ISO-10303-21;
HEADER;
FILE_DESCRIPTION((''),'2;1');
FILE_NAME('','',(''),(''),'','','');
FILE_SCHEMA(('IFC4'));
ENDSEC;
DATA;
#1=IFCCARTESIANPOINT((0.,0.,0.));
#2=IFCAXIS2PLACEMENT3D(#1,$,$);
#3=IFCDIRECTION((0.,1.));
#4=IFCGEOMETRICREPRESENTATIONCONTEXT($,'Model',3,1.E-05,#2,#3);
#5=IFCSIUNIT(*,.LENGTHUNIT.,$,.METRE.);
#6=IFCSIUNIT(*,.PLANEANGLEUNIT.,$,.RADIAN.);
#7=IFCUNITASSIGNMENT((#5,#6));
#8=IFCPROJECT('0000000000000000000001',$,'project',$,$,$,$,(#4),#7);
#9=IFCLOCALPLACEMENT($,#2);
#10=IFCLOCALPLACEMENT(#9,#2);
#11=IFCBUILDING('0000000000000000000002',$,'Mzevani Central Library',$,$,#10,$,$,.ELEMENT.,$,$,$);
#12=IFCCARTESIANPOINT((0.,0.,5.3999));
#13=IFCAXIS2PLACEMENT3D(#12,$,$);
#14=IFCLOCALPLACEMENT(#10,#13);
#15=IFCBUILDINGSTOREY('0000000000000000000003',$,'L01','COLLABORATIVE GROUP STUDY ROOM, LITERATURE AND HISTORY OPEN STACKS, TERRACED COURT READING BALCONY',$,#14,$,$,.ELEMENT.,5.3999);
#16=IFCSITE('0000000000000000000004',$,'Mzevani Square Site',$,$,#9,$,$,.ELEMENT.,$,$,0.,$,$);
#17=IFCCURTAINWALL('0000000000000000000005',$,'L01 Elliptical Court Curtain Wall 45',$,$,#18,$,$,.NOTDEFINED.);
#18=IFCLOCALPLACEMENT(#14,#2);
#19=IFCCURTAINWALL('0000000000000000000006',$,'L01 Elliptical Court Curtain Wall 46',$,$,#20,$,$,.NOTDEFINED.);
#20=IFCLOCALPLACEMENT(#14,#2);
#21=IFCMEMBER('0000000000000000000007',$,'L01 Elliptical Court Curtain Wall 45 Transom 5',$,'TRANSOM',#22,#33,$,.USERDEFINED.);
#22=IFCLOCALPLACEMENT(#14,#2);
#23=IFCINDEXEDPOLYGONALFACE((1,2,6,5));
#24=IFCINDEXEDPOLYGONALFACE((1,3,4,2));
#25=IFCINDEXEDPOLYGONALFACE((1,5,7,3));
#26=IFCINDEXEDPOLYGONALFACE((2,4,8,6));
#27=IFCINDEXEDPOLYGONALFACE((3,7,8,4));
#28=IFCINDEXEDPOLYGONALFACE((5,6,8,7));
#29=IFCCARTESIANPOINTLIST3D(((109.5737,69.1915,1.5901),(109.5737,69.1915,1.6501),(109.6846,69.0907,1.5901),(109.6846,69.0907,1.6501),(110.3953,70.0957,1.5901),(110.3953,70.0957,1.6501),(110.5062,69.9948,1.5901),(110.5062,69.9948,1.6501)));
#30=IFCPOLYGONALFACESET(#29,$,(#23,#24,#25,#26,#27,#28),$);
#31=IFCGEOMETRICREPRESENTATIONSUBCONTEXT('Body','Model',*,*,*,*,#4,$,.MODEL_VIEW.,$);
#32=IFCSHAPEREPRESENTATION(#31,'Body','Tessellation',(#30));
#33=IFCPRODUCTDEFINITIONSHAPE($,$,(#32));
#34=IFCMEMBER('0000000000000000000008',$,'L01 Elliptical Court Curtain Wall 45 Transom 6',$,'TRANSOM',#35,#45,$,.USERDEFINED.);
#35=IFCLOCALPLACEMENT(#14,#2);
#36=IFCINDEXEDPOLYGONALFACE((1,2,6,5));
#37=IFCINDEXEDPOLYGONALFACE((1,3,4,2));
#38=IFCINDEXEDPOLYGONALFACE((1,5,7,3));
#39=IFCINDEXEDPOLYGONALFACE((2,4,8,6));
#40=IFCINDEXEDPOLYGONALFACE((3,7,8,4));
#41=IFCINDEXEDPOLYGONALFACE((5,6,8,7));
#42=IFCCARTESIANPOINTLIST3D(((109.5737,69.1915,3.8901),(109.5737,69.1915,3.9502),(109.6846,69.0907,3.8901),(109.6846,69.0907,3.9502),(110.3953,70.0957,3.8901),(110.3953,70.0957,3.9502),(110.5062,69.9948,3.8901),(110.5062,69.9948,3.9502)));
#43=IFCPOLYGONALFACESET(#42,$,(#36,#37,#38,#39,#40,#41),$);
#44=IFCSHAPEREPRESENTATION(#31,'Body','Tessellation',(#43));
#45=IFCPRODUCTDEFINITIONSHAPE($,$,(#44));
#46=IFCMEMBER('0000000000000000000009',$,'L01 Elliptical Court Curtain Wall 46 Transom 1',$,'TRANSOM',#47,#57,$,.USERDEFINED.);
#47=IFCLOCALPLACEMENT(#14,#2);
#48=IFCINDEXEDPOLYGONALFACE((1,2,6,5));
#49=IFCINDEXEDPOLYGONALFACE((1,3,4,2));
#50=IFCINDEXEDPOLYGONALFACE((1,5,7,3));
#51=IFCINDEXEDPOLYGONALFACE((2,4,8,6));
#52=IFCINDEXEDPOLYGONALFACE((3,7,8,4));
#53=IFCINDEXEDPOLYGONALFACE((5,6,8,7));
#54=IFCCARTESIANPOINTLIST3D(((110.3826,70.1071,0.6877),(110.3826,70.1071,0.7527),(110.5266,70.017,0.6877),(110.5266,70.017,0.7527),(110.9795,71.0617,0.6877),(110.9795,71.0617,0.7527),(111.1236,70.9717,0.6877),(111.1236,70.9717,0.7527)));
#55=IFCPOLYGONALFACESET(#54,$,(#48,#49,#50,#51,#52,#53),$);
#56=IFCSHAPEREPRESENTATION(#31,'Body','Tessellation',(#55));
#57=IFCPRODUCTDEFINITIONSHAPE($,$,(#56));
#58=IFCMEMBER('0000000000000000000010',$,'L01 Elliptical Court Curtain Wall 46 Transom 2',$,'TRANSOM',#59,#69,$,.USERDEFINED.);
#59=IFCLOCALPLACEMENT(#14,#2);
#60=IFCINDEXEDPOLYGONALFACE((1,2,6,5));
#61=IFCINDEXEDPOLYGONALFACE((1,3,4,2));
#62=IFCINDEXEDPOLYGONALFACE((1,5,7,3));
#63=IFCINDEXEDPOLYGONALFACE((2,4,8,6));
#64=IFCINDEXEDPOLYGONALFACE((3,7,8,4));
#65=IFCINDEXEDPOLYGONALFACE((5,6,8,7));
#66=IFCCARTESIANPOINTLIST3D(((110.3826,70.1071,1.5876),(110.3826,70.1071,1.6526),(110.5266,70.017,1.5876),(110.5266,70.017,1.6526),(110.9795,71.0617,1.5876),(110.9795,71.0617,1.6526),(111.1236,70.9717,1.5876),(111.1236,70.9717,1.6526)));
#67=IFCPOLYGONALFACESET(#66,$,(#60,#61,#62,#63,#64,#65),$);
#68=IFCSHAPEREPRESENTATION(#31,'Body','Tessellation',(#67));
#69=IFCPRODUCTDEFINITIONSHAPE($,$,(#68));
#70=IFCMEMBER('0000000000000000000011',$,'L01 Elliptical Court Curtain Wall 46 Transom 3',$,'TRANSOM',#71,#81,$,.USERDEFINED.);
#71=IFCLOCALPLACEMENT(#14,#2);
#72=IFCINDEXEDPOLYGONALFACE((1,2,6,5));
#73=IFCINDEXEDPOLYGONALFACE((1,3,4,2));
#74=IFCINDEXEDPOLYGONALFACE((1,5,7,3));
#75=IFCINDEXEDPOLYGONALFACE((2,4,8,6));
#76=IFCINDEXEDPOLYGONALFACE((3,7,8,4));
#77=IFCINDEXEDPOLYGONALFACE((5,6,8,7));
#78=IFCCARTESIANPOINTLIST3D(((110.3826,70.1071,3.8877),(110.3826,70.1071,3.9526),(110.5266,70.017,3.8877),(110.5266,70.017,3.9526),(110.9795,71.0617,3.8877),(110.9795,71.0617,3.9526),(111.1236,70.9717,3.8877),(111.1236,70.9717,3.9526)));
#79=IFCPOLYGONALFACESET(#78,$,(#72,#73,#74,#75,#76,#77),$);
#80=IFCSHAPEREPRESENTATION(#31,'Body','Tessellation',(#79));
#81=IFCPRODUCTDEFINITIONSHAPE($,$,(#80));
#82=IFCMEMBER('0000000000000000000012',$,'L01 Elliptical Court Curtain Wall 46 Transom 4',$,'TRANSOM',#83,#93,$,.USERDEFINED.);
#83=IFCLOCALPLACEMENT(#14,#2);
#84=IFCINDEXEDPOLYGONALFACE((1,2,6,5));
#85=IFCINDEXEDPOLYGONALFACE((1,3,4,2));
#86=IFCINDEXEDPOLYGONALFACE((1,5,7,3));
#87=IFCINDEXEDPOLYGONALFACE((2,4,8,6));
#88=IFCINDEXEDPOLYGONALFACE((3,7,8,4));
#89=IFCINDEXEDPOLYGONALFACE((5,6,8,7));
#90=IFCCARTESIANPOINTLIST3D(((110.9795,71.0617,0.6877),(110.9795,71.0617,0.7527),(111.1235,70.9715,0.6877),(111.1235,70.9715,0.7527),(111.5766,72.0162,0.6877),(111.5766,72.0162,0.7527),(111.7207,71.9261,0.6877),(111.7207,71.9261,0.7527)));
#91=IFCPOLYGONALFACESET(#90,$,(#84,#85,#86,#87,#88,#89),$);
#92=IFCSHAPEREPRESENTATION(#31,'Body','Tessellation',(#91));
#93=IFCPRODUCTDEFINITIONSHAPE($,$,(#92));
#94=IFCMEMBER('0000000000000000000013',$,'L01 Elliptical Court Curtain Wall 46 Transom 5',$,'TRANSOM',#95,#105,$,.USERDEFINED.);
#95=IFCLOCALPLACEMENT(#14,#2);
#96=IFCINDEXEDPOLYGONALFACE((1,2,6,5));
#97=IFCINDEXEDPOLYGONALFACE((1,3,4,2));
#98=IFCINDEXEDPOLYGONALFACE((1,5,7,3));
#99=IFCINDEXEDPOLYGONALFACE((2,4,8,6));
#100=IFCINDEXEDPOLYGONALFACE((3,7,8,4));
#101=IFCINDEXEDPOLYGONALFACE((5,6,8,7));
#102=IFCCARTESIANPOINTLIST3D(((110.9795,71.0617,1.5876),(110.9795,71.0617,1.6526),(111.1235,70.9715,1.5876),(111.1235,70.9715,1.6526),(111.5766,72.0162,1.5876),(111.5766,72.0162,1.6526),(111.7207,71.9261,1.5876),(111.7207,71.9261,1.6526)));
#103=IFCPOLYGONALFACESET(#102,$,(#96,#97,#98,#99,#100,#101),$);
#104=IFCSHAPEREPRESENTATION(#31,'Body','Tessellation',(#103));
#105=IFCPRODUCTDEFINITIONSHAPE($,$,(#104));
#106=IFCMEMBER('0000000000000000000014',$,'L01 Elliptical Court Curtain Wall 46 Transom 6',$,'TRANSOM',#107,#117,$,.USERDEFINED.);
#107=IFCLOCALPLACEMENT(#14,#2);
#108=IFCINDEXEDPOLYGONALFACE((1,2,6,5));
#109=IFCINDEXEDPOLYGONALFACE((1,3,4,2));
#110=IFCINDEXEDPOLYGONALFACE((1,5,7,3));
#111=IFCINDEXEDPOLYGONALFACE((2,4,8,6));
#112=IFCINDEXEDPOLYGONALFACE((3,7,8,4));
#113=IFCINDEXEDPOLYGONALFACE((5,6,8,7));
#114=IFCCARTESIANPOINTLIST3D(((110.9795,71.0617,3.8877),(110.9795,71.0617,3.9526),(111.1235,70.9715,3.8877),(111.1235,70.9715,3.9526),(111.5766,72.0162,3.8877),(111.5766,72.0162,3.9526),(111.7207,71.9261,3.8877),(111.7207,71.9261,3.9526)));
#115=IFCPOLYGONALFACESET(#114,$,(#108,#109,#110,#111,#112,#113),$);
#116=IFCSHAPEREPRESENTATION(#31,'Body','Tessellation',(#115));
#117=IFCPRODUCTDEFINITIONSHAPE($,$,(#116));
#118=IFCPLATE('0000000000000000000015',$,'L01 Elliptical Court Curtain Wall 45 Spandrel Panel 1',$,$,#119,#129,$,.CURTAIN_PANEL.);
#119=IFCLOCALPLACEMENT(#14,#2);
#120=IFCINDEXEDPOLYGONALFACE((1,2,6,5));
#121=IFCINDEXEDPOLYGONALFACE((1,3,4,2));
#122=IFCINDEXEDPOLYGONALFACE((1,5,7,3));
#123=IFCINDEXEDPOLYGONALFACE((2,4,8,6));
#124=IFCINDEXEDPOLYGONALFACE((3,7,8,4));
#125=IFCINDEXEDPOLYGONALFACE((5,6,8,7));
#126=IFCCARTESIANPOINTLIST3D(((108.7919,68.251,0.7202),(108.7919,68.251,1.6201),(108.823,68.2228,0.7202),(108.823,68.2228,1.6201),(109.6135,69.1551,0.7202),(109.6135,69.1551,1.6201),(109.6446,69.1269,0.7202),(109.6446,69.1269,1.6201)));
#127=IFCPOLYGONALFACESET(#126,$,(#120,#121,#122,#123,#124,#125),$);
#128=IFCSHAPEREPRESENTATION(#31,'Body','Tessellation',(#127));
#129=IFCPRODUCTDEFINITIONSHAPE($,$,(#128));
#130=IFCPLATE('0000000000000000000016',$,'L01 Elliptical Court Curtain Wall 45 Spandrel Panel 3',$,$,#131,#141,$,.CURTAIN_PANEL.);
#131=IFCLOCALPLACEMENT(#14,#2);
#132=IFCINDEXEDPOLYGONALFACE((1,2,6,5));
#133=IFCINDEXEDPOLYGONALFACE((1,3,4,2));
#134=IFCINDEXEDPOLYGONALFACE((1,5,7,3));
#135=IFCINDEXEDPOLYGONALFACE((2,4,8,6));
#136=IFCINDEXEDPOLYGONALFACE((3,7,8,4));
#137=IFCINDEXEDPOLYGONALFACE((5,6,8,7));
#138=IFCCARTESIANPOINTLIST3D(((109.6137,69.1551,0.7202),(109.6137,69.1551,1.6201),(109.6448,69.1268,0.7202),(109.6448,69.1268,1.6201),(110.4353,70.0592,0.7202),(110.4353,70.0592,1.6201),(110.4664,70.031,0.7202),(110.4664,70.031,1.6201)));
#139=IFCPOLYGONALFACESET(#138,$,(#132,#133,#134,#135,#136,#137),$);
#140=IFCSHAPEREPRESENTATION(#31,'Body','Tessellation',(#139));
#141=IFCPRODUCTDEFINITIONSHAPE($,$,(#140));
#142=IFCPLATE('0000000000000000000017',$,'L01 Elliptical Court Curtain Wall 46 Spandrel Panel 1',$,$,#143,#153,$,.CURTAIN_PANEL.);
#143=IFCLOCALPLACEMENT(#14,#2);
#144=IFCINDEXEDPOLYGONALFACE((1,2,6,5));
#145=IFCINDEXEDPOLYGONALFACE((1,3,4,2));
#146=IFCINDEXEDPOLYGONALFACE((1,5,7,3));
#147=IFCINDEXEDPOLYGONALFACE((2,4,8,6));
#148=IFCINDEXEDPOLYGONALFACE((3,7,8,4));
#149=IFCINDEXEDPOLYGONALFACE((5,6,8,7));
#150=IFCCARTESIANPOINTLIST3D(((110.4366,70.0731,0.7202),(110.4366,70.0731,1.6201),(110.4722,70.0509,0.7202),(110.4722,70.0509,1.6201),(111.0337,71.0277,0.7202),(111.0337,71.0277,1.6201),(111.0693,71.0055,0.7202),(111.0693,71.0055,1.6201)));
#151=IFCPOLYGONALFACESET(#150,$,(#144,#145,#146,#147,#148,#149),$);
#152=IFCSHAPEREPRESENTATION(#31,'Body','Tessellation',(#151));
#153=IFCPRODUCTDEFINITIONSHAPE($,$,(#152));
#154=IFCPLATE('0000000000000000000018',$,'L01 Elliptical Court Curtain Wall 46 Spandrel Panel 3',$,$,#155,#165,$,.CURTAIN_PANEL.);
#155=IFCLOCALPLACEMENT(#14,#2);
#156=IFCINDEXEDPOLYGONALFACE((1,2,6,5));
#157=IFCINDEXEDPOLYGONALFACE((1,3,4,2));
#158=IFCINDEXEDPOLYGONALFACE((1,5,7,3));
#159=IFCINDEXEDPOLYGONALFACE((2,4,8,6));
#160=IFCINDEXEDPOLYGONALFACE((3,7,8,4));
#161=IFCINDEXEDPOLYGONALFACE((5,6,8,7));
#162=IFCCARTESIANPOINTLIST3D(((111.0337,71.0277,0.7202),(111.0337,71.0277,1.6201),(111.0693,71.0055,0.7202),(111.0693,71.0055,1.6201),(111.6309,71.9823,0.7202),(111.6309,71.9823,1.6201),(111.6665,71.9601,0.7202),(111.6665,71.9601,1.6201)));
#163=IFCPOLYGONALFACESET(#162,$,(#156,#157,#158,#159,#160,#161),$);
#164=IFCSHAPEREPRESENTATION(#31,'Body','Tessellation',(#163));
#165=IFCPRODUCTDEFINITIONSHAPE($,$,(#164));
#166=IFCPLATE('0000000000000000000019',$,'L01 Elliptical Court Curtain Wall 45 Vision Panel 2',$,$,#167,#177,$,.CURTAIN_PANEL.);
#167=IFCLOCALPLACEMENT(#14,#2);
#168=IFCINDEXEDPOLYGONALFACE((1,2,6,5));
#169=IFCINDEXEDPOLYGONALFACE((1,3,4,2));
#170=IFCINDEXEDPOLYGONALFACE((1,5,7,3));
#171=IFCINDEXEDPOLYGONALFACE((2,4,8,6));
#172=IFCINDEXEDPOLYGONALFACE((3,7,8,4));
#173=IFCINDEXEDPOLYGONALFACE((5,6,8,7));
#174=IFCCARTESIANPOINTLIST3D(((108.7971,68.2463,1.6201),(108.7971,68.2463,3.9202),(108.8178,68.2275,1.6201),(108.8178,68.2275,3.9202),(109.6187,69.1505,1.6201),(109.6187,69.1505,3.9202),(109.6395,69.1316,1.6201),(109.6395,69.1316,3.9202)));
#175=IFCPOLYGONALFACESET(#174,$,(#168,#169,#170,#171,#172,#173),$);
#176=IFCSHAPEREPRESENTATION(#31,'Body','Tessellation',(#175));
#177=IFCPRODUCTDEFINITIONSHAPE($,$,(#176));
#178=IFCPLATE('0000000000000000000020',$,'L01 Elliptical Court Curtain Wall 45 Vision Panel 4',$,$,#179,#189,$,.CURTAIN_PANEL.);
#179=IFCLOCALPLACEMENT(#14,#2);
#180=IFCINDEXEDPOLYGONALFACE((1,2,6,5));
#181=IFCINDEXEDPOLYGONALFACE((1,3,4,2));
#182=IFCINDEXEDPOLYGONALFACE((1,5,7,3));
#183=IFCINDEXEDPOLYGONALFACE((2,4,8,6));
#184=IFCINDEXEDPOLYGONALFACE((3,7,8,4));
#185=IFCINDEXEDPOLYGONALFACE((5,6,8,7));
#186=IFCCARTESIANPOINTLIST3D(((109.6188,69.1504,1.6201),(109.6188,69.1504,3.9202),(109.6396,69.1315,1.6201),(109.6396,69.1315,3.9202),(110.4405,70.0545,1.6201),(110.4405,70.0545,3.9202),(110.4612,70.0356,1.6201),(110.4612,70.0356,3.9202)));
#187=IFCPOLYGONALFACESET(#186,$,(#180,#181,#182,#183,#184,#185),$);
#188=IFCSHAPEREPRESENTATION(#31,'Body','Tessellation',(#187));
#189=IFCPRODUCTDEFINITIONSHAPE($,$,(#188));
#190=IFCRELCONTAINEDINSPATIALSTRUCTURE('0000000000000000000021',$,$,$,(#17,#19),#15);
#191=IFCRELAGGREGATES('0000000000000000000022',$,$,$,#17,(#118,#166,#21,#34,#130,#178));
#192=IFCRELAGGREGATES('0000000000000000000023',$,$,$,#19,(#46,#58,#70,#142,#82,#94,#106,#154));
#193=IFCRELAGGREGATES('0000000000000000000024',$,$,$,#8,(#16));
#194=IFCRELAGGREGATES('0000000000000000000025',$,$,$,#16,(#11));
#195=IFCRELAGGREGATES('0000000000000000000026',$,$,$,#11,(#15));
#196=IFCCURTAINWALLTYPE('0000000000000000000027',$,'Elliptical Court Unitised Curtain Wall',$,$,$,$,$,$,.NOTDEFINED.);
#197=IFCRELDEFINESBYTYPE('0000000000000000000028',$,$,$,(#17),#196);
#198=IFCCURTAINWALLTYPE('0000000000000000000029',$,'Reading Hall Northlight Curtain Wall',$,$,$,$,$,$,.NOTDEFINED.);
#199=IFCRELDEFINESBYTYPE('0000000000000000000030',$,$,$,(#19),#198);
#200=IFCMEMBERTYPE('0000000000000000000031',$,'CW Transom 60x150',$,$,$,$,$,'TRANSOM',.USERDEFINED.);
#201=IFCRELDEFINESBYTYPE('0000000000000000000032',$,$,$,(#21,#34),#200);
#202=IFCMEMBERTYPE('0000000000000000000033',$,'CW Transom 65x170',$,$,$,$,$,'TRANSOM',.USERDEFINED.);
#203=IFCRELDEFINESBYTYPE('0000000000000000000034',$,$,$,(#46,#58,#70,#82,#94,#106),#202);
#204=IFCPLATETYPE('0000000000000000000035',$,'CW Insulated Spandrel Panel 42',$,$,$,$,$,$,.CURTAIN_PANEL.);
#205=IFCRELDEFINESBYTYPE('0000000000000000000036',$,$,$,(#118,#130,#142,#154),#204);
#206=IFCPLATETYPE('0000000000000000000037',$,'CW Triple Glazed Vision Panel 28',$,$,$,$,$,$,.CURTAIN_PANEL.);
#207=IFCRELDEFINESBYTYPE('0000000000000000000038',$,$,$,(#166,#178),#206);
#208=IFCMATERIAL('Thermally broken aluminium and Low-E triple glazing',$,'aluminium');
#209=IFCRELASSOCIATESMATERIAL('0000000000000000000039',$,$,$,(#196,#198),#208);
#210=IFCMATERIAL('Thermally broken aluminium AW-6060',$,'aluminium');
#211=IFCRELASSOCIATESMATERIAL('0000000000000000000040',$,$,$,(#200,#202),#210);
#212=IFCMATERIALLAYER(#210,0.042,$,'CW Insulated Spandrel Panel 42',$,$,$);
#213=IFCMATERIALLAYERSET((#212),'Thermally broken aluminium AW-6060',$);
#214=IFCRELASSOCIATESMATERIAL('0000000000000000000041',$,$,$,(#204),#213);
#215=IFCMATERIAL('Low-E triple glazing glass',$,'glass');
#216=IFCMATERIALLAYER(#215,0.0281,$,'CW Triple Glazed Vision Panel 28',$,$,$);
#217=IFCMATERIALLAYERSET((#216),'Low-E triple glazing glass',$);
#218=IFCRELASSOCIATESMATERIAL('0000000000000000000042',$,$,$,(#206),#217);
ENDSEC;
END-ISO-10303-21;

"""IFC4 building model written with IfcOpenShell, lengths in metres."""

from ifc_helpers import new_model, si_unit, direction, frame, origin, origin_2d, place, context, subcontext, project, spatial, rectangle, extrude, material, layer, layer_set, material_profile, profile_set, type_object, element, aggregate, save


model = new_model("IFC4")

# Units and contexts
model_context = context("Model", 3, precision=1e-05, world=origin(), true_north=direction((0.0, 1.0)))
body_context = subcontext(model_context, "Body", "Model", "MODEL_VIEW")
ifc_project = project(units=[si_unit("LENGTHUNIT", "METRE"), si_unit("PLANEANGLEUNIT", "RADIAN")], contexts=[model_context])

# Site, building, storey
site_placement = place(None, origin())
site = spatial("IfcSite", under=ifc_project, at=site_placement, Name="Mzevani Square Site", CompositionType="ELEMENT", RefElevation=0.0)
building_placement = place(site_placement, origin())
building = spatial("IfcBuilding", under=site, at=building_placement, Name="Mzevani Central Library", CompositionType="ELEMENT")
storey_placement = place(building_placement, frame((0.0, 0.0, 5.3999)))
storey = spatial("IfcBuildingStorey", under=building, at=storey_placement, Name="L01", Description="COLLABORATIVE GROUP STUDY ROOM, LITERATURE AND HISTORY OPEN STACKS, TERRACED COURT READING BALCONY", CompositionType="ELEMENT", Elevation=5.3999)

# Shared definitions
ifc_material_1 = material(Name="Thermally broken aluminium and Low-E triple glazing", Category="aluminium")
curtain_wall_type_1 = type_object("IfcCurtainWallType", Name="Elliptical Court Unitised Curtain Wall", PredefinedType="NOTDEFINED", material=ifc_material_1)
ifc_material_2 = material(Name="Thermally broken aluminium AW-6060", Category="aluminium")

# Curtain walls
curtain_wall_1_placement = place(storey_placement, origin())
curtain_wall_1 = element("IfcCurtainWall", 1, at=curtain_wall_1_placement, inside=storey, type_object=curtain_wall_type_1, Name="L01 Elliptical Court Curtain Wall 45", PredefinedType="NOTDEFINED")
curtain_wall_type_2 = type_object("IfcCurtainWallType", Name="Reading Hall Northlight Curtain Wall", PredefinedType="NOTDEFINED", material=ifc_material_1)
curtain_wall_2_placement = place(storey_placement, origin())
curtain_wall_2 = element("IfcCurtainWall", 2, at=curtain_wall_2_placement, inside=storey, type_object=curtain_wall_type_2, Name="L01 Elliptical Court Curtain Wall 46", PredefinedType="NOTDEFINED")

# Members
ifc_material_profile_1 = material_profile(ifc_material_2, rectangle(XDim=0.1499, YDim=0.0601, at=origin_2d()), Name="ALU T60x150")
ifc_profile_set_1 = profile_set([ifc_material_profile_1], Name="Thermally broken aluminium AW-6060")
member_type_1 = type_object("IfcMemberType", Name="CW Transom 60x150", ElementType="TRANSOM", PredefinedType="USERDEFINED", material=ifc_profile_set_1)
member_1_placement = place(storey_placement, frame((109.6292, 69.1411, 1.6201), z_axis=(0.672524, 0.740076, 0.0), x_axis=(-0.740076, 0.672524, 0.0)))
member_1 = element("IfcMember", 3, at=member_1_placement, type_object=member_type_1, Name="L01 Elliptical Court Curtain Wall 45 Transom 5", ObjectType="TRANSOM", PredefinedType="USERDEFINED", context=body_context, shape_type="SweptSolid", body=[
    extrude(rectangle(XDim=0.1499, YDim=0.0601, at=origin_2d()), origin(), (0.0, 0.0, 1.0), 1.2217),
])
member_2_placement = place(storey_placement, frame((109.6292, 69.1411, 3.9202), z_axis=(0.672524, 0.740076, 0.0), x_axis=(-0.740076, 0.672524, 0.0)))
member_2 = element("IfcMember", 4, at=member_2_placement, type_object=member_type_1, Name="L01 Elliptical Court Curtain Wall 45 Transom 6", ObjectType="TRANSOM", PredefinedType="USERDEFINED", context=body_context, shape_type="SweptSolid", body=[
    extrude(rectangle(XDim=0.1499, YDim=0.0601, at=origin_2d()), origin(), (0.0, 0.0, 1.0), 1.2217),
])
ifc_material_profile_2 = material_profile(ifc_material_2, rectangle(XDim=0.1699, YDim=0.0649, at=origin_2d()), Name="ALU T65x170")
ifc_profile_set_2 = profile_set([ifc_material_profile_2], Name="Thermally broken aluminium AW-6060")
member_type_2 = type_object("IfcMemberType", Name="CW Transom 65x170", ElementType="TRANSOM", PredefinedType="USERDEFINED", material=ifc_profile_set_2)
member_3_placement = place(storey_placement, frame((110.4546, 70.062, 0.7202), z_axis=(0.530194, 0.847876, 0.0), x_axis=(-0.847876, 0.530194, 0.0)))
member_3 = element("IfcMember", 5, at=member_3_placement, type_object=member_type_2, Name="L01 Elliptical Court Curtain Wall 46 Transom 1", ObjectType="TRANSOM", PredefinedType="USERDEFINED", context=body_context, shape_type="SweptSolid", body=[
    extrude(rectangle(XDim=0.1699, YDim=0.0649, at=origin_2d()), origin(), (0.0, 0.0, 1.0), 1.126),
])
member_4_placement = place(storey_placement, frame((110.4546, 70.062, 1.6201), z_axis=(0.530194, 0.847876, 0.0), x_axis=(-0.847876, 0.530194, 0.0)))
member_4 = element("IfcMember", 6, at=member_4_placement, type_object=member_type_2, Name="L01 Elliptical Court Curtain Wall 46 Transom 2", ObjectType="TRANSOM", PredefinedType="USERDEFINED", context=body_context, shape_type="SweptSolid", body=[
    extrude(rectangle(XDim=0.1699, YDim=0.0649, at=origin_2d()), origin(), (0.0, 0.0, 1.0), 1.126),
])
member_5_placement = place(storey_placement, frame((110.4546, 70.062, 3.9202), z_axis=(0.530194, 0.847876, 0.0), x_axis=(-0.847876, 0.530194, 0.0)))
member_5 = element("IfcMember", 7, at=member_5_placement, type_object=member_type_2, Name="L01 Elliptical Court Curtain Wall 46 Transom 3", ObjectType="TRANSOM", PredefinedType="USERDEFINED", context=body_context, shape_type="SweptSolid", body=[
    extrude(rectangle(XDim=0.1699, YDim=0.0649, at=origin_2d()), origin(), (0.0, 0.0, 1.0), 1.126),
])
member_6_placement = place(storey_placement, frame((111.0515, 71.0166, 0.7202), z_axis=(0.53035, 0.847779, 0.0), x_axis=(-0.847779, 0.53035, 0.0)))
member_6 = element("IfcMember", 8, at=member_6_placement, type_object=member_type_2, Name="L01 Elliptical Court Curtain Wall 46 Transom 4", ObjectType="TRANSOM", PredefinedType="USERDEFINED", context=body_context, shape_type="SweptSolid", body=[
    extrude(rectangle(XDim=0.1699, YDim=0.0649, at=origin_2d()), origin(), (0.0, 0.0, 1.0), 1.126),
])
member_7_placement = place(storey_placement, frame((111.0515, 71.0166, 1.6201), z_axis=(0.53035, 0.847779, 0.0), x_axis=(-0.847779, 0.53035, 0.0)))
member_7 = element("IfcMember", 9, at=member_7_placement, type_object=member_type_2, Name="L01 Elliptical Court Curtain Wall 46 Transom 5", ObjectType="TRANSOM", PredefinedType="USERDEFINED", context=body_context, shape_type="SweptSolid", body=[
    extrude(rectangle(XDim=0.1699, YDim=0.0649, at=origin_2d()), origin(), (0.0, 0.0, 1.0), 1.126),
])
member_8_placement = place(storey_placement, frame((111.0515, 71.0166, 3.9202), z_axis=(0.53035, 0.847779, 0.0), x_axis=(-0.847779, 0.53035, 0.0)))
member_8 = element("IfcMember", 10, at=member_8_placement, type_object=member_type_2, Name="L01 Elliptical Court Curtain Wall 46 Transom 6", ObjectType="TRANSOM", PredefinedType="USERDEFINED", context=body_context, shape_type="SweptSolid", body=[
    extrude(rectangle(XDim=0.1699, YDim=0.0649, at=origin_2d()), origin(), (0.0, 0.0, 1.0), 1.126),
])

# Plates
ifc_layer_1 = layer(ifc_material_2, 0.042, Name="CW Insulated Spandrel Panel 42")
ifc_layer_set_1 = layer_set([ifc_layer_1], Name="Thermally broken aluminium AW-6060")
plate_type_1 = type_object("IfcPlateType", Name="CW Insulated Spandrel Panel 42", PredefinedType="CURTAIN_PANEL", material=ifc_layer_set_1)
plate_1_placement = place(storey_placement, frame((109.2183, 68.689, 0.7202), z_axis=(0.0, 0.0, 1.0), x_axis=(0.672532, 0.740068, 0.0)))
plate_1 = element("IfcPlate", 11, at=plate_1_placement, type_object=plate_type_1, Name="L01 Elliptical Court Curtain Wall 45 Spandrel Panel 1", PredefinedType="CURTAIN_PANEL", context=body_context, shape_type="SweptSolid", body=[
    extrude(rectangle(XDim=1.2217, YDim=0.042, at=origin_2d()), origin(), (0.0, 0.0, 1.0), 0.8999),
])
plate_2_placement = place(storey_placement, frame((110.04, 69.593, 0.7202), z_axis=(0.0, 0.0, 1.0), x_axis=(0.672532, 0.740068, 0.0)))
plate_2 = element("IfcPlate", 12, at=plate_2_placement, type_object=plate_type_1, Name="L01 Elliptical Court Curtain Wall 45 Spandrel Panel 3", PredefinedType="CURTAIN_PANEL", context=body_context, shape_type="SweptSolid", body=[
    extrude(rectangle(XDim=1.2217, YDim=0.042, at=origin_2d()), origin(), (0.0, 0.0, 1.0), 0.8999),
])
plate_3_placement = place(storey_placement, frame((110.7529, 70.5393, 0.7202), z_axis=(0.0, 0.0, 1.0), x_axis=(0.530343, 0.847783, 0.0)))
plate_3 = element("IfcPlate", 13, at=plate_3_placement, type_object=plate_type_1, Name="L01 Elliptical Court Curtain Wall 46 Spandrel Panel 1", PredefinedType="CURTAIN_PANEL", context=body_context, shape_type="SweptSolid", body=[
    extrude(rectangle(XDim=1.126, YDim=0.042, at=origin_2d()), origin(), (0.0, 0.0, 1.0), 0.8999),
])
plate_4_placement = place(storey_placement, frame((111.3501, 71.4939, 0.7202), z_axis=(0.0, 0.0, 1.0), x_axis=(0.530343, 0.847783, 0.0)))
plate_4 = element("IfcPlate", 14, at=plate_4_placement, type_object=plate_type_1, Name="L01 Elliptical Court Curtain Wall 46 Spandrel Panel 3", PredefinedType="CURTAIN_PANEL", context=body_context, shape_type="SweptSolid", body=[
    extrude(rectangle(XDim=1.126, YDim=0.042, at=origin_2d()), origin(), (0.0, 0.0, 1.0), 0.8999),
])
ifc_material_3 = material(Name="Low-E triple glazing glass", Category="glass")
ifc_layer_2 = layer(ifc_material_3, 0.0281, Name="CW Triple Glazed Vision Panel 28")
ifc_layer_set_2 = layer_set([ifc_layer_2], Name="Low-E triple glazing glass")
plate_type_2 = type_object("IfcPlateType", Name="CW Triple Glazed Vision Panel 28", PredefinedType="CURTAIN_PANEL", material=ifc_layer_set_2)
plate_5_placement = place(storey_placement, frame((109.2183, 68.689, 1.6201), z_axis=(0.0, 0.0, 1.0), x_axis=(0.672532, 0.740068, 0.0)))
plate_5 = element("IfcPlate", 15, at=plate_5_placement, type_object=plate_type_2, Name="L01 Elliptical Court Curtain Wall 45 Vision Panel 2", PredefinedType="CURTAIN_PANEL", context=body_context, shape_type="SweptSolid", body=[
    extrude(rectangle(XDim=1.2217, YDim=0.0281, at=origin_2d()), origin(), (0.0, 0.0, 1.0), 2.3),
])
plate_6_placement = place(storey_placement, frame((110.04, 69.593, 1.6201), z_axis=(0.0, 0.0, 1.0), x_axis=(0.672532, 0.740068, 0.0)))
plate_6 = element("IfcPlate", 16, at=plate_6_placement, type_object=plate_type_2, Name="L01 Elliptical Court Curtain Wall 45 Vision Panel 4", PredefinedType="CURTAIN_PANEL", context=body_context, shape_type="SweptSolid", body=[
    extrude(rectangle(XDim=1.2217, YDim=0.0281, at=origin_2d()), origin(), (0.0, 0.0, 1.0), 2.3),
])
aggregate(curtain_wall_1, [plate_1, plate_5, member_1, member_2, plate_2, plate_6])
aggregate(curtain_wall_2, [member_3, member_4, member_5, plate_3, member_6, member_7, member_8, plate_4])

save(model, "model.ifc")
